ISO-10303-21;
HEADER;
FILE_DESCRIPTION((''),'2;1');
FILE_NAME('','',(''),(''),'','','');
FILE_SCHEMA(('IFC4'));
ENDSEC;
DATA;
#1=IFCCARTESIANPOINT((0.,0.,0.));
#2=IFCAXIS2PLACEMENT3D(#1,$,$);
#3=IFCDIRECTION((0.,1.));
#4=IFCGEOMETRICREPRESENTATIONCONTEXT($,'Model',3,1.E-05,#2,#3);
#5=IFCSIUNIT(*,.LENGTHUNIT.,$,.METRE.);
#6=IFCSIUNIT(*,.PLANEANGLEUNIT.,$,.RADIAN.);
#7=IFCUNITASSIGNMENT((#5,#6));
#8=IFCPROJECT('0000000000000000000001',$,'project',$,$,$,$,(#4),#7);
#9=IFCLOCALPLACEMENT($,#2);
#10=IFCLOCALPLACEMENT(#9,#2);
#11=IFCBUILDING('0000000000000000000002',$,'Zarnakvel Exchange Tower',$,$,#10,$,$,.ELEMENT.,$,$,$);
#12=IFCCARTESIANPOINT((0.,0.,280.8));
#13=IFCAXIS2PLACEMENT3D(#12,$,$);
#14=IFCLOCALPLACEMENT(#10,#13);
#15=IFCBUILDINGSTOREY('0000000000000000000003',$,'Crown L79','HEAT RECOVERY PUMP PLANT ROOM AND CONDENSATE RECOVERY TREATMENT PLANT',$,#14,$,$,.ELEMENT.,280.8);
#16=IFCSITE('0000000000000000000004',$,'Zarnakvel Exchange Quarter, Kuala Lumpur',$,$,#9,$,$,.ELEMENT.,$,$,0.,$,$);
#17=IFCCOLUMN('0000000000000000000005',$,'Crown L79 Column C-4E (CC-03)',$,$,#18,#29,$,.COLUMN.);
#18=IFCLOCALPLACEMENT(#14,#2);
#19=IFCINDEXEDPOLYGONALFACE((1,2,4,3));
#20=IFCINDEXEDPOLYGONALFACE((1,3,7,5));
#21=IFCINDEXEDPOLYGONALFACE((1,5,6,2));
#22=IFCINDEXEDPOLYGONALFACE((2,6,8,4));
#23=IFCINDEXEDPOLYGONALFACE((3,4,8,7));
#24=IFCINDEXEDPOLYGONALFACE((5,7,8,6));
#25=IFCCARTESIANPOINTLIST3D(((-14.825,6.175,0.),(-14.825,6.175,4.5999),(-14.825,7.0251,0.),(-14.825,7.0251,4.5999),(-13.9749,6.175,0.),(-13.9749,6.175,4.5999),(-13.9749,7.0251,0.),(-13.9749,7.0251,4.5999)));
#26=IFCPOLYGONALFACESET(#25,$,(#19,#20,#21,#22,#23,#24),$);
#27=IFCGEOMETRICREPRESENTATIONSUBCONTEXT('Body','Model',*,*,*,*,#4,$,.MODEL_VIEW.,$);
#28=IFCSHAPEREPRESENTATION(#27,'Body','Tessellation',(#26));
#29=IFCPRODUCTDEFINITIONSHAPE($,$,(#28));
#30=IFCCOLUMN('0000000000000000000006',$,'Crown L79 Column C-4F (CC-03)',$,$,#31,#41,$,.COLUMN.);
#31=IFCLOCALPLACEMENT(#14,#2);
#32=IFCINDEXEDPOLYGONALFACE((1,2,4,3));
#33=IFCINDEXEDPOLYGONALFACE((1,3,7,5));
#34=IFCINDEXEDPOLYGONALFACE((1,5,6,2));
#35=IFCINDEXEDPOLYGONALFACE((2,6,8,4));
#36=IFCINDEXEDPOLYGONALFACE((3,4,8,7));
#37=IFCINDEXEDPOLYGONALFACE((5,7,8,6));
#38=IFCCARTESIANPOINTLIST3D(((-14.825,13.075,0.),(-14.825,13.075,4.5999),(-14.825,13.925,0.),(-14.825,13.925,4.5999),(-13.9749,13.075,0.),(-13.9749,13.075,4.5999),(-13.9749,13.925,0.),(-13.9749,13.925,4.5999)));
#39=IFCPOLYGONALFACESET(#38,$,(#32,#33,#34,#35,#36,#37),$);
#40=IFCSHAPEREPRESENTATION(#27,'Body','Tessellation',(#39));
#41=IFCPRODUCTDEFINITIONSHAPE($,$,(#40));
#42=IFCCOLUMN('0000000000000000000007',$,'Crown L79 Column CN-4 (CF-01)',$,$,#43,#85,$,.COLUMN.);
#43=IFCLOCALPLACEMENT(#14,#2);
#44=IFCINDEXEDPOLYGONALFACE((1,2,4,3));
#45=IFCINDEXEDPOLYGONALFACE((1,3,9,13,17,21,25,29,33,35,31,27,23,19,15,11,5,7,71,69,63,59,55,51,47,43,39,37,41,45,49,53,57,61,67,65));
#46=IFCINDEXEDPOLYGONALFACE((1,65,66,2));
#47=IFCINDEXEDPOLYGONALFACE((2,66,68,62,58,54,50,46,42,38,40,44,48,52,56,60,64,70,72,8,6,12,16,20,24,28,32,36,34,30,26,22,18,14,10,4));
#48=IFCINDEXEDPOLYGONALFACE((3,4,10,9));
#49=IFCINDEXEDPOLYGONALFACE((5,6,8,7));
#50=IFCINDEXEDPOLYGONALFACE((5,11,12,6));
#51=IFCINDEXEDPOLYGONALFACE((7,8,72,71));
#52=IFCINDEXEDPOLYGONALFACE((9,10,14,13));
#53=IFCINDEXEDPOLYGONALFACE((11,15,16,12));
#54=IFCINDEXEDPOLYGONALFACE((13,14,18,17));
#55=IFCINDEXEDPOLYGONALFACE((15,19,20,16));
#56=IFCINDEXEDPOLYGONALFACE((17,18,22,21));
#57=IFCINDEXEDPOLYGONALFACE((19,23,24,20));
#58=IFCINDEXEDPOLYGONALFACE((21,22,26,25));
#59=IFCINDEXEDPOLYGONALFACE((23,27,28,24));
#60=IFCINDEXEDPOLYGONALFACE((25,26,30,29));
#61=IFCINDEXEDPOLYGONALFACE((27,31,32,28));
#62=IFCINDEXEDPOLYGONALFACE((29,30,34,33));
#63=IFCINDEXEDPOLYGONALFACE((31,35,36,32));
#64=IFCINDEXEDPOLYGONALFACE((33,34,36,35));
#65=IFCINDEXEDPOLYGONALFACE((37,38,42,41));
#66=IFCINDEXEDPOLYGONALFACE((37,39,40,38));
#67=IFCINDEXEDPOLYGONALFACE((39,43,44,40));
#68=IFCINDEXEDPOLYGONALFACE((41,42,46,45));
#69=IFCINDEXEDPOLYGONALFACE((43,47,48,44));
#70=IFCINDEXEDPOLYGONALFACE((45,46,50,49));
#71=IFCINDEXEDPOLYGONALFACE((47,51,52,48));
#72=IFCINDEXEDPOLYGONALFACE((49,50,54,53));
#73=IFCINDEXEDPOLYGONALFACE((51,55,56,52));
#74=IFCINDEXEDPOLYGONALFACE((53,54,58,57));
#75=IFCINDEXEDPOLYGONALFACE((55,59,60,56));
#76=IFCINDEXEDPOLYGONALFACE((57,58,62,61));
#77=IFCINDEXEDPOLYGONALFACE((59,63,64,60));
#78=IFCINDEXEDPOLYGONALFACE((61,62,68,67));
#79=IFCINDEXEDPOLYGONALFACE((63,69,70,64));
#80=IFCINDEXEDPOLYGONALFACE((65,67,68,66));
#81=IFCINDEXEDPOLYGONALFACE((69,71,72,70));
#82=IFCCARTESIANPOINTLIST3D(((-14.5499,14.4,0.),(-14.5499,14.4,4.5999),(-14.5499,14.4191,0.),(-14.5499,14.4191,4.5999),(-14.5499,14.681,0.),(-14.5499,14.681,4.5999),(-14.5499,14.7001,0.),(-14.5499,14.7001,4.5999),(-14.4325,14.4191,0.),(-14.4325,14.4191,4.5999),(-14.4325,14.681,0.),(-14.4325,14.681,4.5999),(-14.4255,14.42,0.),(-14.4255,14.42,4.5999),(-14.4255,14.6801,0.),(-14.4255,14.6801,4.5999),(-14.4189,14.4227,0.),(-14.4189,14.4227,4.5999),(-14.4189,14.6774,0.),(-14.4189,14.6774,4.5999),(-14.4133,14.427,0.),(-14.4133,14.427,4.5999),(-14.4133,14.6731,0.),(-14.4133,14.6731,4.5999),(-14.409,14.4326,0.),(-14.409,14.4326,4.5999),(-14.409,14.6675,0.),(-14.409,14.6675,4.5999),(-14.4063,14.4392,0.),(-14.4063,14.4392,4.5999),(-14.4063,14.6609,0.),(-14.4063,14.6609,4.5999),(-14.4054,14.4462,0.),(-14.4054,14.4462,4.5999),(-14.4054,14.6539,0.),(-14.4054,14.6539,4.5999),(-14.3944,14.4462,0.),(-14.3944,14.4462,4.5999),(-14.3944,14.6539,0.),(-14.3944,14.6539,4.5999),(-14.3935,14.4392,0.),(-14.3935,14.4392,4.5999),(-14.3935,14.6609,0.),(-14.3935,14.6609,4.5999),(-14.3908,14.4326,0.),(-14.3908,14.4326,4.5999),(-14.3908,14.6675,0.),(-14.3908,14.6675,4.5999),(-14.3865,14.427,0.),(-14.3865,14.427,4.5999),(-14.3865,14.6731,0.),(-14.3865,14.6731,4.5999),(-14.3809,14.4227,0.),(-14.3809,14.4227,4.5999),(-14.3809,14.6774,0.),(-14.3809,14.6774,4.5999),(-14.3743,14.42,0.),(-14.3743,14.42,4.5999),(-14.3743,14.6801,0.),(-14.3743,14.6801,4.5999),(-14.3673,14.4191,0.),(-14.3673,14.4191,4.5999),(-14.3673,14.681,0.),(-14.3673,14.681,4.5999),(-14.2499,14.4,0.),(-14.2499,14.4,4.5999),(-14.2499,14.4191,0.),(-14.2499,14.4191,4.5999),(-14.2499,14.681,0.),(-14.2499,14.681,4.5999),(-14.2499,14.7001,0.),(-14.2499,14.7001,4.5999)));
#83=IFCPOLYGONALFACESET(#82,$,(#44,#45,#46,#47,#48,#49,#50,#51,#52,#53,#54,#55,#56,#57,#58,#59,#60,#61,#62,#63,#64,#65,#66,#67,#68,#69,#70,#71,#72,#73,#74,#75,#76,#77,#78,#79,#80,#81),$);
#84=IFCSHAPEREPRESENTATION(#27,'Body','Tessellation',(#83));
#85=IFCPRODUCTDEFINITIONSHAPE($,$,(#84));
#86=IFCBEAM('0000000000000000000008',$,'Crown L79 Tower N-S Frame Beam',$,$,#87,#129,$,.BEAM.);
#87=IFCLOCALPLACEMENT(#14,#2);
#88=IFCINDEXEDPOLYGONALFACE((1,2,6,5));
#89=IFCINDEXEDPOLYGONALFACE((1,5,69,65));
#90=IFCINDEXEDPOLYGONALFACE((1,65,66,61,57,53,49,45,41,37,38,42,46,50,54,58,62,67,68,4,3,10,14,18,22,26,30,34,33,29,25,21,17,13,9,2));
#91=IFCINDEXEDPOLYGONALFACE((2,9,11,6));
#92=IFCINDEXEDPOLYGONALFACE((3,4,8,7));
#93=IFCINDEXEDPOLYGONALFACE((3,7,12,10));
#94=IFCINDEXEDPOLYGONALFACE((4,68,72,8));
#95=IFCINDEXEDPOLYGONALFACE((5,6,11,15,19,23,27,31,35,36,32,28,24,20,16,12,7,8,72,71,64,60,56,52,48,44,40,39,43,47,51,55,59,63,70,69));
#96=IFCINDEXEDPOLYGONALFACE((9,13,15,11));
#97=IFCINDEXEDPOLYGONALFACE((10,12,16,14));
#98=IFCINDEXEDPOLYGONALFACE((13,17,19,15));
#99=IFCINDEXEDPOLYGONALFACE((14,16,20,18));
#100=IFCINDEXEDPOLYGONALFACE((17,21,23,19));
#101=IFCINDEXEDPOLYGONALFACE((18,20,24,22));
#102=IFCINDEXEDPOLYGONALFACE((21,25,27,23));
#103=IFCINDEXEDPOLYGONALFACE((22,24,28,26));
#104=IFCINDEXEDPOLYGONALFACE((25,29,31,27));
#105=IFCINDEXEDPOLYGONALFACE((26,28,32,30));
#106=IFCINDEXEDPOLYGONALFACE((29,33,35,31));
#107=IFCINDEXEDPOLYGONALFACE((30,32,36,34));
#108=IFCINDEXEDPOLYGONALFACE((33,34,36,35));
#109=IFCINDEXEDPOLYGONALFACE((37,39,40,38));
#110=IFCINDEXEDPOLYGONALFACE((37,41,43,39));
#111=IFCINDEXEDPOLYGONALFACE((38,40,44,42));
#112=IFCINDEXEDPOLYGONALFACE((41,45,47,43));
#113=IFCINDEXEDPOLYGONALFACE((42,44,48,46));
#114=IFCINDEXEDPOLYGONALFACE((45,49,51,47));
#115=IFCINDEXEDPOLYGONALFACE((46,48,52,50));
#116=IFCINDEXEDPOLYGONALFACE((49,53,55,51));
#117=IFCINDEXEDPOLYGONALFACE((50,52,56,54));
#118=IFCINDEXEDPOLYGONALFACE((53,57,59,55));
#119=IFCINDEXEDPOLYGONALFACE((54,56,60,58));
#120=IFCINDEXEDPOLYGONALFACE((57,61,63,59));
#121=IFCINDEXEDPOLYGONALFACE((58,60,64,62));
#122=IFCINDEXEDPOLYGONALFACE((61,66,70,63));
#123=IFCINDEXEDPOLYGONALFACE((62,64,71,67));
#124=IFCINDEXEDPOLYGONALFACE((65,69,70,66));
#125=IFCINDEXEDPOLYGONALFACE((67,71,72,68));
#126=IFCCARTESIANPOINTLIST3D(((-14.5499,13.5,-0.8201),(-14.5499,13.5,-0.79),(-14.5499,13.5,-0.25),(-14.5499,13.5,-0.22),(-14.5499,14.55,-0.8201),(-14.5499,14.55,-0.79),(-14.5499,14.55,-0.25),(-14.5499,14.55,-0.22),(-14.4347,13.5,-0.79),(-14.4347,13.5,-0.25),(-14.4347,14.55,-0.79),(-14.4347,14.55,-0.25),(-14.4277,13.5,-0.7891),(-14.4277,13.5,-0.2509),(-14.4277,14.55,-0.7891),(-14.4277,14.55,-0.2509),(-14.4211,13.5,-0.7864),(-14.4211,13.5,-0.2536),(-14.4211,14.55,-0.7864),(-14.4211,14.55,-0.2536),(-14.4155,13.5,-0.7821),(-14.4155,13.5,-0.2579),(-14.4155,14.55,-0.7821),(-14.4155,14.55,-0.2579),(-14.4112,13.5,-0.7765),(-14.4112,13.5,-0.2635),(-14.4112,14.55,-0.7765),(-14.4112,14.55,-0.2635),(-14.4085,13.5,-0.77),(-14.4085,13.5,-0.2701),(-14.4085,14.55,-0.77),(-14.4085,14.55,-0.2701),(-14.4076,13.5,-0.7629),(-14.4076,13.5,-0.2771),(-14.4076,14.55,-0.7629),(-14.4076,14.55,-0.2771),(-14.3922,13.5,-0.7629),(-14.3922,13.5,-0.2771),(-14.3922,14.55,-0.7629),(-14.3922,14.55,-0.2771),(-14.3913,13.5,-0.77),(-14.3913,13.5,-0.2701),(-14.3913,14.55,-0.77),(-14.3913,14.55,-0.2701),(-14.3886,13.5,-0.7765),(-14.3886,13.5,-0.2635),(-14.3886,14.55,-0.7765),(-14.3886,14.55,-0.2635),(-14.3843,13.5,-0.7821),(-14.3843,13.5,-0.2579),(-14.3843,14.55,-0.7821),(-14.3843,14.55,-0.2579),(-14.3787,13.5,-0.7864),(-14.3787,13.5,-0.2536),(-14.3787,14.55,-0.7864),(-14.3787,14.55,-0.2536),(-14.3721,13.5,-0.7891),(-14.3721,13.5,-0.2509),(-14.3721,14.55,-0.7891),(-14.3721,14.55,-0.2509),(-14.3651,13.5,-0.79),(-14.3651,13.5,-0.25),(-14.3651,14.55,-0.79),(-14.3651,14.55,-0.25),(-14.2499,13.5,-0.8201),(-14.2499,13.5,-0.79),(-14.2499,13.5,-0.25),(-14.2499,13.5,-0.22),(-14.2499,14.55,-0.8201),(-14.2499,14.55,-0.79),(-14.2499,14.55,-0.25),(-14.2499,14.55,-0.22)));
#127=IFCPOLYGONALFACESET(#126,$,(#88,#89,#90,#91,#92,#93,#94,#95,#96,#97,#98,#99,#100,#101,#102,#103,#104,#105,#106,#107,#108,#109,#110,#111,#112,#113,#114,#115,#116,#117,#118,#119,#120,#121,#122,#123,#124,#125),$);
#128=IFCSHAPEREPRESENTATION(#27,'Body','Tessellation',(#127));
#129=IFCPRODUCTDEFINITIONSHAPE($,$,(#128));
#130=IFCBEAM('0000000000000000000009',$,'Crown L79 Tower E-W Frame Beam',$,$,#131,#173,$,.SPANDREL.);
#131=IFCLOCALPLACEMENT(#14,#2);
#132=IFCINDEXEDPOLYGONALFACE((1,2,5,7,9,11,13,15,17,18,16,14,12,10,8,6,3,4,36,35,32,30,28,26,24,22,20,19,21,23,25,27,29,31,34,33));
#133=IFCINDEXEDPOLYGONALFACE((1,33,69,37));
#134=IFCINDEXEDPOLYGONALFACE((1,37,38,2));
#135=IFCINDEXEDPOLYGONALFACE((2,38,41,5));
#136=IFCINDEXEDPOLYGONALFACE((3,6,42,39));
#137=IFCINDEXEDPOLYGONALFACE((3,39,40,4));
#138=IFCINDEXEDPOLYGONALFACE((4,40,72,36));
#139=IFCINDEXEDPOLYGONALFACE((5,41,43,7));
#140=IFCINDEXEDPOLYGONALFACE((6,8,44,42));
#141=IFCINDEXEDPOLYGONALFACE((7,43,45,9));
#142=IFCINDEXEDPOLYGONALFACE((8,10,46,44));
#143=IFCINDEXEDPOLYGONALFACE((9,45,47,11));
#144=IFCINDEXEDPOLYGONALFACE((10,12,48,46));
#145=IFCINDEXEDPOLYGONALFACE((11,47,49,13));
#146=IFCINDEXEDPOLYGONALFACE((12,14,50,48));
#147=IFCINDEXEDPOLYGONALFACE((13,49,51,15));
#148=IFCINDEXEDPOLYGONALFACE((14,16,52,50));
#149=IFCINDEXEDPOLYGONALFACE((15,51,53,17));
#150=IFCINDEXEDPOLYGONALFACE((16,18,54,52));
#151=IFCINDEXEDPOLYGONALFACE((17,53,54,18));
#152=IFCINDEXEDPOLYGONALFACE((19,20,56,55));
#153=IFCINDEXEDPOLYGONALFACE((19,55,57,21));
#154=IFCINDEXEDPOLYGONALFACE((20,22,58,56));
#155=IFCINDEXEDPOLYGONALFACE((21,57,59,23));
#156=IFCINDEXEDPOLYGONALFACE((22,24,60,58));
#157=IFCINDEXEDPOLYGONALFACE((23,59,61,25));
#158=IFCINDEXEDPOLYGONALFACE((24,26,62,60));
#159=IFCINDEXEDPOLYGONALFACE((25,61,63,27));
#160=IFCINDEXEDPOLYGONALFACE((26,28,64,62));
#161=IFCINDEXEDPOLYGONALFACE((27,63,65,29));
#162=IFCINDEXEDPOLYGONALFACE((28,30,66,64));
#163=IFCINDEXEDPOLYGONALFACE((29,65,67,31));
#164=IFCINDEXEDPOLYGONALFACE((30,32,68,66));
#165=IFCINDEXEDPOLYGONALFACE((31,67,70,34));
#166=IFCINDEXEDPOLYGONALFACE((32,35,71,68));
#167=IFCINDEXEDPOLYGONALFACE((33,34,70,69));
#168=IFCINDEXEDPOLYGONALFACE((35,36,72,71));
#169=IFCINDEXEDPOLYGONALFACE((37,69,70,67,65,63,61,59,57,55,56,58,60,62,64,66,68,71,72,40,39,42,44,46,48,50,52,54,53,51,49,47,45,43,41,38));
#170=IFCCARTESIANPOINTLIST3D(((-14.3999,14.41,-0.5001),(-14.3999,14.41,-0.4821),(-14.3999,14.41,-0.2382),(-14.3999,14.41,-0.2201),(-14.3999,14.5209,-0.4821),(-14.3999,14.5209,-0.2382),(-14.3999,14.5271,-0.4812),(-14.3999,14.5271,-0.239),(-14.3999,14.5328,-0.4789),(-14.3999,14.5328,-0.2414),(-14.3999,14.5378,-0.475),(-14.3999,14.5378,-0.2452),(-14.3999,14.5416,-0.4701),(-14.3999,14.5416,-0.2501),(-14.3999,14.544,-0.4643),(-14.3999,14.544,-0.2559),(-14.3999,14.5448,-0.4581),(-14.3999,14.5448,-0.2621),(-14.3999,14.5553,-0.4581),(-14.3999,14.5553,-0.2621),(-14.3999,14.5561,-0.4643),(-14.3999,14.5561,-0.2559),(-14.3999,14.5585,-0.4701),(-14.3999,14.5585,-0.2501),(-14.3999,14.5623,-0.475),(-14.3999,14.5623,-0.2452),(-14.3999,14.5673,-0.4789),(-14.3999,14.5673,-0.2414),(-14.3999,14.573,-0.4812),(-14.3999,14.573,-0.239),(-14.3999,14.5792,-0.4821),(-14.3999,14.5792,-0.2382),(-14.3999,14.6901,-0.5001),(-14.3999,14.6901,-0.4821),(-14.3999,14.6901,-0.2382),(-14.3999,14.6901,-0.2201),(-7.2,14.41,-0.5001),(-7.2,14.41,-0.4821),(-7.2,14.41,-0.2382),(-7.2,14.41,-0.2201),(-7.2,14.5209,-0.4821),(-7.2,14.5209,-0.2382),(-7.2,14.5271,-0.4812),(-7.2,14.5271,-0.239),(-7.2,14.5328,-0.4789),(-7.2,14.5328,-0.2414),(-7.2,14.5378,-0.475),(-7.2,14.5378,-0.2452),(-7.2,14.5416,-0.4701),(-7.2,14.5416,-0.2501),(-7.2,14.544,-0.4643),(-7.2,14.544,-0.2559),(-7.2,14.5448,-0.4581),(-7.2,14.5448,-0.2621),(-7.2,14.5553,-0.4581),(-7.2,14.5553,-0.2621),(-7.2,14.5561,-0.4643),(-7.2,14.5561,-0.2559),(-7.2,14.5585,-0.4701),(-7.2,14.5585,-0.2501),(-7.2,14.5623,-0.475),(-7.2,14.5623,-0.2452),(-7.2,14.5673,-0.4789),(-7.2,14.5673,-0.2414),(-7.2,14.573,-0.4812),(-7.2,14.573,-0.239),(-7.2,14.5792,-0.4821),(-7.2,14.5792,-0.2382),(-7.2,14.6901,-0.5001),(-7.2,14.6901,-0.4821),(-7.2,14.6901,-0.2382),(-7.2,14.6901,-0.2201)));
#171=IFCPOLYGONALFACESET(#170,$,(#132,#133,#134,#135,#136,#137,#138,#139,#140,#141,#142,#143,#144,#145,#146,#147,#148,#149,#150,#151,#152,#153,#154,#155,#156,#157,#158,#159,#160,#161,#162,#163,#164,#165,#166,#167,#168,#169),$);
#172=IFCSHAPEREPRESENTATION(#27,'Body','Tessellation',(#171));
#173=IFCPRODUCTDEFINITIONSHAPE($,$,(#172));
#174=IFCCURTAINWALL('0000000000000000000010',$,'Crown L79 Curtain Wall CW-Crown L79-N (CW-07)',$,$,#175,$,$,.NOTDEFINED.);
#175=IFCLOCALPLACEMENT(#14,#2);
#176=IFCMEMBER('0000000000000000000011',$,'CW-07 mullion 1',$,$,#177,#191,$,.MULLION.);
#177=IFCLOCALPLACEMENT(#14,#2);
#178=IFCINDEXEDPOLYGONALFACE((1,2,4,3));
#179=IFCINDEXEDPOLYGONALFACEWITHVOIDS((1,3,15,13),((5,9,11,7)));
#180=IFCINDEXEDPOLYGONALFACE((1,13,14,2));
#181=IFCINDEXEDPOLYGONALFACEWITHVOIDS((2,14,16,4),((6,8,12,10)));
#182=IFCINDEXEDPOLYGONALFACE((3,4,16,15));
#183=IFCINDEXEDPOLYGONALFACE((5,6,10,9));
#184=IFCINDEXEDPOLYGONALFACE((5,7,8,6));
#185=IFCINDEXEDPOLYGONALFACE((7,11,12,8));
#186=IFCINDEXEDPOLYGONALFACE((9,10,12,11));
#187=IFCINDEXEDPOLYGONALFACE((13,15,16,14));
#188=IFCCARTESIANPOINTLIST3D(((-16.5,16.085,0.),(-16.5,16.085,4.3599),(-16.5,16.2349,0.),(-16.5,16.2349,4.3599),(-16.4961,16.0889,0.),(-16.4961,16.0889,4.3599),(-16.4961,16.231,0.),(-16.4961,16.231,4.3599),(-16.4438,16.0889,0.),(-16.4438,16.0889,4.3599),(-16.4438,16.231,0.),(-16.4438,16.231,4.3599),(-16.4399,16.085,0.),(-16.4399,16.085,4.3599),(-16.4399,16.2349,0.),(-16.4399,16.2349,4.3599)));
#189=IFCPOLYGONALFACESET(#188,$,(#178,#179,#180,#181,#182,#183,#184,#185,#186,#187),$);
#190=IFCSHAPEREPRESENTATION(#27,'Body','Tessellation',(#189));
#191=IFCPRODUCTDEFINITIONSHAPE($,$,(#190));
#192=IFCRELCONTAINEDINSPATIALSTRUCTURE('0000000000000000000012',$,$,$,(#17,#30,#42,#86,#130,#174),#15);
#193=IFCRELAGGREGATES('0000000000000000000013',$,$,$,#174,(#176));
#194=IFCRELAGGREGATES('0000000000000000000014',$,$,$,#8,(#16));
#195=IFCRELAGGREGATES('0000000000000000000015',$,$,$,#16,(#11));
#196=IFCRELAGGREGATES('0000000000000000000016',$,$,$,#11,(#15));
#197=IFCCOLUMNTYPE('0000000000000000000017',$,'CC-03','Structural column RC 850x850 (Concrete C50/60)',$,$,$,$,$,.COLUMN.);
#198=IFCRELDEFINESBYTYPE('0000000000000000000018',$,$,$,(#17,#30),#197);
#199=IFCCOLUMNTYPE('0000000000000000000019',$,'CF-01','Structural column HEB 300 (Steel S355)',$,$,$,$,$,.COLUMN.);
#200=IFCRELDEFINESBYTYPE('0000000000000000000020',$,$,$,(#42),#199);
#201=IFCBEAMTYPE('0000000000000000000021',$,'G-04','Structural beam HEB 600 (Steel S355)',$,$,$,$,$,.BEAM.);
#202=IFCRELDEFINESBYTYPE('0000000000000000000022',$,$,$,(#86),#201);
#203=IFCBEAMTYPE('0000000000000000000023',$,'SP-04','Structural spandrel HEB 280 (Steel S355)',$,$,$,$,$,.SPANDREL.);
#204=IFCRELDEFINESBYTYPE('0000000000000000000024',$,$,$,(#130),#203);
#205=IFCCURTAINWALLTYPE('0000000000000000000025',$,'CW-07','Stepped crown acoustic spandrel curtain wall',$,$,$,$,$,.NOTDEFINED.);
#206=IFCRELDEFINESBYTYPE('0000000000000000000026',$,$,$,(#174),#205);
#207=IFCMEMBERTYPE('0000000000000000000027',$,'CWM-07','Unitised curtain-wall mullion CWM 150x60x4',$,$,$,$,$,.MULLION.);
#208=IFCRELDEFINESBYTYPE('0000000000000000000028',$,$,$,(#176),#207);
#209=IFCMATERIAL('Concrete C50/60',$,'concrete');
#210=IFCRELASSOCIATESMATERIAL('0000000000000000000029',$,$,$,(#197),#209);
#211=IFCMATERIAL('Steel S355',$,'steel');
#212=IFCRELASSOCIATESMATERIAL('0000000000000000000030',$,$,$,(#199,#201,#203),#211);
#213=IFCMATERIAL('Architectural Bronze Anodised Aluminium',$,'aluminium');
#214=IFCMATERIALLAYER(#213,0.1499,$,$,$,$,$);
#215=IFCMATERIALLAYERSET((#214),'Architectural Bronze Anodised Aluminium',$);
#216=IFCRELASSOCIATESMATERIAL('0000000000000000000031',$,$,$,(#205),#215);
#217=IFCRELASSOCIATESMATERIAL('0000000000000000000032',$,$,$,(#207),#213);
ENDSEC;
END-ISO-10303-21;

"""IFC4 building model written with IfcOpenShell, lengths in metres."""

from ifc_helpers import new_model, si_unit, direction, frame, origin, origin_2d, place, context, subcontext, project, spatial, rectangle, hollow_rectangle, i_section, extrude, source, transform, mapped, material, layer, layer_set, material_profile, profile_set, type_object, element, aggregate, save


model = new_model("IFC4")

# Units and contexts
model_context = context("Model", 3, precision=1e-05, world=origin(), true_north=direction((0.0, 1.0)))
body_context = subcontext(model_context, "Body", "Model", "MODEL_VIEW")
ifc_project = project(units=[si_unit("LENGTHUNIT", "METRE"), si_unit("PLANEANGLEUNIT", "RADIAN")], contexts=[model_context])

# Site, building, storey
site_placement = place(None, origin())
site = spatial("IfcSite", under=ifc_project, at=site_placement, Name="Zarnakvel Exchange Quarter, Kuala Lumpur", CompositionType="ELEMENT", RefElevation=0.0)
building_placement = place(site_placement, origin())
building = spatial("IfcBuilding", under=site, at=building_placement, Name="Zarnakvel Exchange Tower", CompositionType="ELEMENT")
storey_placement = place(building_placement, frame((0.0, 0.0, 280.8)))
storey = spatial("IfcBuildingStorey", under=building, at=storey_placement, Name="Crown L79", Description="HEAT RECOVERY PUMP PLANT ROOM AND CONDENSATE RECOVERY TREATMENT PLANT", CompositionType="ELEMENT", Elevation=280.8)

# Columns
ifc_material_1 = material(Name="Concrete C50/60", Category="concrete")
ifc_material_profile_1 = material_profile(ifc_material_1, rectangle(XDim=0.8501, YDim=0.8501, at=origin_2d()))
ifc_profile_set_1 = profile_set([ifc_material_profile_1], Name="Concrete C50/60")
column_type_1 = type_object("IfcColumnType", Name="CC-03", Description="Structural column RC 850x850 (Concrete C50/60)", PredefinedType="COLUMN", material=ifc_profile_set_1)
for number, where, z_axis, x_axis, name in (
    (1, (-14.3999, 6.6001, 0.0), (0.0, 0.0, 1.0), (1.0, 0.0, 0.0), "Crown L79 Column C-4E (CC-03)"),
    (2, (-14.3999, 13.5, 0.0), (0.0, 0.0, 1.0), (1.0, 0.0, 0.0), "Crown L79 Column C-4F (CC-03)"),
):
    element("IfcColumn", number, at=place(storey_placement, frame(where, z_axis=z_axis, x_axis=x_axis)), inside=storey, type_object=column_type_1, Name=name, PredefinedType="COLUMN", context=body_context, shape_type="SweptSolid", body=[
        extrude(rectangle(XDim=0.8501, YDim=0.8501, at=origin_2d()), origin(), (0.0, 0.0, 1.0), 4.5999),
    ])
ifc_material_2 = material(Name="Steel S355", Category="steel")
ifc_material_profile_2 = material_profile(ifc_material_2, i_section(OverallWidth=0.3, OverallDepth=0.3, WebThickness=0.011, FlangeThickness=0.019, FilletRadius=0.0271, at=origin_2d()))
ifc_profile_set_2 = profile_set([ifc_material_profile_2], Name="Steel S355")
column_type_2 = type_object("IfcColumnType", Name="CF-01", Description="Structural column HEB 300 (Steel S355)", PredefinedType="COLUMN", material=ifc_profile_set_2)
column_placement = place(storey_placement, frame((-14.3999, 14.55, 0.0), z_axis=(0.0, 0.0, 1.0), x_axis=(1.0, 0.0, 0.0)))
element("IfcColumn", 3, at=column_placement, inside=storey, type_object=column_type_2, Name="Crown L79 Column CN-4 (CF-01)", PredefinedType="COLUMN", context=body_context, shape_type="SweptSolid", body=[
    extrude(i_section(OverallWidth=0.3, OverallDepth=0.3, WebThickness=0.011, FlangeThickness=0.019, FilletRadius=0.0271, at=origin_2d()), origin(), (0.0, 0.0, 1.0), 4.5999),
])

# Beams
ifc_material_profile_3 = material_profile(ifc_material_2, i_section(OverallWidth=0.3, OverallDepth=0.6001, WebThickness=0.0154, FlangeThickness=0.03, FilletRadius=0.0271, at=origin_2d()))
ifc_profile_set_3 = profile_set([ifc_material_profile_3], Name="Steel S355")
beam_type_1 = type_object("IfcBeamType", Name="G-04", Description="Structural beam HEB 600 (Steel S355)", PredefinedType="BEAM", material=ifc_profile_set_3)
beam_1_placement = place(storey_placement, frame((-14.3999, 13.5, -0.52), z_axis=(0.0, 1.0, 0.0), x_axis=(-1.0, 0.0, 0.0)))
element("IfcBeam", 4, at=beam_1_placement, inside=storey, type_object=beam_type_1, Name="Crown L79 Tower N-S Frame Beam", PredefinedType="BEAM", context=body_context, shape_type="SweptSolid", body=[
    extrude(i_section(OverallWidth=0.3, OverallDepth=0.6001, WebThickness=0.0154, FlangeThickness=0.03, FilletRadius=0.0271, at=origin_2d()), origin(), (0.0, 0.0, 1.0), 1.05),
])
ifc_material_profile_4 = material_profile(ifc_material_2, i_section(OverallWidth=0.28, OverallDepth=0.28, WebThickness=0.0105, FlangeThickness=0.0181, FilletRadius=0.0239, at=origin_2d()))
ifc_profile_set_4 = profile_set([ifc_material_profile_4], Name="Steel S355")
beam_type_2 = type_object("IfcBeamType", Name="SP-04", Description="Structural spandrel HEB 280 (Steel S355)", PredefinedType="SPANDREL", material=ifc_profile_set_4)
beam_2_placement = place(storey_placement, frame((-14.3999, 14.55, -0.3601), z_axis=(1.0, 0.0, 0.0), x_axis=(0.0, 1.0, 0.0)))
element("IfcBeam", 5, at=beam_2_placement, inside=storey, type_object=beam_type_2, Name="Crown L79 Tower E-W Frame Beam", PredefinedType="SPANDREL", context=body_context, shape_type="SweptSolid", body=[
    extrude(i_section(OverallWidth=0.28, OverallDepth=0.28, WebThickness=0.0105, FlangeThickness=0.0181, FilletRadius=0.0239, at=origin_2d()), origin(), (0.0, 0.0, 1.0), 7.2),
])

# Curtain wall, member
ifc_material_3 = material(Name="Architectural Bronze Anodised Aluminium", Category="aluminium")
ifc_layer_1 = layer(ifc_material_3, 0.1499)
ifc_layer_set_1 = layer_set([ifc_layer_1], Name="Architectural Bronze Anodised Aluminium")
curtain_wall_type = type_object("IfcCurtainWallType", Name="CW-07", Description="Stepped crown acoustic spandrel curtain wall", PredefinedType="NOTDEFINED", material=ifc_layer_set_1)
curtain_wall_1_placement = place(storey_placement, origin())
curtain_wall_1 = element("IfcCurtainWall", 6, at=curtain_wall_1_placement, inside=storey, type_object=curtain_wall_type, Name="Crown L79 Curtain Wall CW-Crown L79-N (CW-07)", PredefinedType="NOTDEFINED")
ifc_material_profile_5 = material_profile(ifc_material_3, hollow_rectangle(XDim=0.1499, YDim=0.0601, WallThickness=0.0039, at=origin_2d()))
ifc_profile_set_5 = profile_set([ifc_material_profile_5], Name="Architectural Bronze Anodised Aluminium")
member_type_1 = type_object("IfcMemberType", Name="CWM-07", Description="Unitised curtain-wall mullion CWM 150x60x4", PredefinedType="MULLION", material=ifc_profile_set_5)
shared_shape_1 = source(origin(), body_context, "Body", "SweptSolid", [
    extrude(hollow_rectangle(XDim=0.1499, YDim=0.0601, WallThickness=0.0039, at=origin_2d()), origin(), (0.0, 0.0, 1.0), 4.3599),
])
member_1_placement = place(storey_placement, frame((-16.47, 16.1599, 0.0), z_axis=(0.0, 0.0, 1.0), x_axis=(0.0, 1.0, 0.0)))
member_1 = element("IfcMember", 7, at=member_1_placement, type_object=member_type_1, Name="CW-07 mullion 1", PredefinedType="MULLION", context=body_context, shape_type="MappedRepresentation", body=[
    mapped(shared_shape_1, transform((0.0, 0.0, 0.0), x_axis=(1.0, 0.0, 0.0), y_axis=(0.0, 1.0, 0.0), z_axis=(0.0, 0.0, 1.0), scale=1.0)),
])

aggregate(curtain_wall_1, [member_1])

save(model, "model.ifc")
